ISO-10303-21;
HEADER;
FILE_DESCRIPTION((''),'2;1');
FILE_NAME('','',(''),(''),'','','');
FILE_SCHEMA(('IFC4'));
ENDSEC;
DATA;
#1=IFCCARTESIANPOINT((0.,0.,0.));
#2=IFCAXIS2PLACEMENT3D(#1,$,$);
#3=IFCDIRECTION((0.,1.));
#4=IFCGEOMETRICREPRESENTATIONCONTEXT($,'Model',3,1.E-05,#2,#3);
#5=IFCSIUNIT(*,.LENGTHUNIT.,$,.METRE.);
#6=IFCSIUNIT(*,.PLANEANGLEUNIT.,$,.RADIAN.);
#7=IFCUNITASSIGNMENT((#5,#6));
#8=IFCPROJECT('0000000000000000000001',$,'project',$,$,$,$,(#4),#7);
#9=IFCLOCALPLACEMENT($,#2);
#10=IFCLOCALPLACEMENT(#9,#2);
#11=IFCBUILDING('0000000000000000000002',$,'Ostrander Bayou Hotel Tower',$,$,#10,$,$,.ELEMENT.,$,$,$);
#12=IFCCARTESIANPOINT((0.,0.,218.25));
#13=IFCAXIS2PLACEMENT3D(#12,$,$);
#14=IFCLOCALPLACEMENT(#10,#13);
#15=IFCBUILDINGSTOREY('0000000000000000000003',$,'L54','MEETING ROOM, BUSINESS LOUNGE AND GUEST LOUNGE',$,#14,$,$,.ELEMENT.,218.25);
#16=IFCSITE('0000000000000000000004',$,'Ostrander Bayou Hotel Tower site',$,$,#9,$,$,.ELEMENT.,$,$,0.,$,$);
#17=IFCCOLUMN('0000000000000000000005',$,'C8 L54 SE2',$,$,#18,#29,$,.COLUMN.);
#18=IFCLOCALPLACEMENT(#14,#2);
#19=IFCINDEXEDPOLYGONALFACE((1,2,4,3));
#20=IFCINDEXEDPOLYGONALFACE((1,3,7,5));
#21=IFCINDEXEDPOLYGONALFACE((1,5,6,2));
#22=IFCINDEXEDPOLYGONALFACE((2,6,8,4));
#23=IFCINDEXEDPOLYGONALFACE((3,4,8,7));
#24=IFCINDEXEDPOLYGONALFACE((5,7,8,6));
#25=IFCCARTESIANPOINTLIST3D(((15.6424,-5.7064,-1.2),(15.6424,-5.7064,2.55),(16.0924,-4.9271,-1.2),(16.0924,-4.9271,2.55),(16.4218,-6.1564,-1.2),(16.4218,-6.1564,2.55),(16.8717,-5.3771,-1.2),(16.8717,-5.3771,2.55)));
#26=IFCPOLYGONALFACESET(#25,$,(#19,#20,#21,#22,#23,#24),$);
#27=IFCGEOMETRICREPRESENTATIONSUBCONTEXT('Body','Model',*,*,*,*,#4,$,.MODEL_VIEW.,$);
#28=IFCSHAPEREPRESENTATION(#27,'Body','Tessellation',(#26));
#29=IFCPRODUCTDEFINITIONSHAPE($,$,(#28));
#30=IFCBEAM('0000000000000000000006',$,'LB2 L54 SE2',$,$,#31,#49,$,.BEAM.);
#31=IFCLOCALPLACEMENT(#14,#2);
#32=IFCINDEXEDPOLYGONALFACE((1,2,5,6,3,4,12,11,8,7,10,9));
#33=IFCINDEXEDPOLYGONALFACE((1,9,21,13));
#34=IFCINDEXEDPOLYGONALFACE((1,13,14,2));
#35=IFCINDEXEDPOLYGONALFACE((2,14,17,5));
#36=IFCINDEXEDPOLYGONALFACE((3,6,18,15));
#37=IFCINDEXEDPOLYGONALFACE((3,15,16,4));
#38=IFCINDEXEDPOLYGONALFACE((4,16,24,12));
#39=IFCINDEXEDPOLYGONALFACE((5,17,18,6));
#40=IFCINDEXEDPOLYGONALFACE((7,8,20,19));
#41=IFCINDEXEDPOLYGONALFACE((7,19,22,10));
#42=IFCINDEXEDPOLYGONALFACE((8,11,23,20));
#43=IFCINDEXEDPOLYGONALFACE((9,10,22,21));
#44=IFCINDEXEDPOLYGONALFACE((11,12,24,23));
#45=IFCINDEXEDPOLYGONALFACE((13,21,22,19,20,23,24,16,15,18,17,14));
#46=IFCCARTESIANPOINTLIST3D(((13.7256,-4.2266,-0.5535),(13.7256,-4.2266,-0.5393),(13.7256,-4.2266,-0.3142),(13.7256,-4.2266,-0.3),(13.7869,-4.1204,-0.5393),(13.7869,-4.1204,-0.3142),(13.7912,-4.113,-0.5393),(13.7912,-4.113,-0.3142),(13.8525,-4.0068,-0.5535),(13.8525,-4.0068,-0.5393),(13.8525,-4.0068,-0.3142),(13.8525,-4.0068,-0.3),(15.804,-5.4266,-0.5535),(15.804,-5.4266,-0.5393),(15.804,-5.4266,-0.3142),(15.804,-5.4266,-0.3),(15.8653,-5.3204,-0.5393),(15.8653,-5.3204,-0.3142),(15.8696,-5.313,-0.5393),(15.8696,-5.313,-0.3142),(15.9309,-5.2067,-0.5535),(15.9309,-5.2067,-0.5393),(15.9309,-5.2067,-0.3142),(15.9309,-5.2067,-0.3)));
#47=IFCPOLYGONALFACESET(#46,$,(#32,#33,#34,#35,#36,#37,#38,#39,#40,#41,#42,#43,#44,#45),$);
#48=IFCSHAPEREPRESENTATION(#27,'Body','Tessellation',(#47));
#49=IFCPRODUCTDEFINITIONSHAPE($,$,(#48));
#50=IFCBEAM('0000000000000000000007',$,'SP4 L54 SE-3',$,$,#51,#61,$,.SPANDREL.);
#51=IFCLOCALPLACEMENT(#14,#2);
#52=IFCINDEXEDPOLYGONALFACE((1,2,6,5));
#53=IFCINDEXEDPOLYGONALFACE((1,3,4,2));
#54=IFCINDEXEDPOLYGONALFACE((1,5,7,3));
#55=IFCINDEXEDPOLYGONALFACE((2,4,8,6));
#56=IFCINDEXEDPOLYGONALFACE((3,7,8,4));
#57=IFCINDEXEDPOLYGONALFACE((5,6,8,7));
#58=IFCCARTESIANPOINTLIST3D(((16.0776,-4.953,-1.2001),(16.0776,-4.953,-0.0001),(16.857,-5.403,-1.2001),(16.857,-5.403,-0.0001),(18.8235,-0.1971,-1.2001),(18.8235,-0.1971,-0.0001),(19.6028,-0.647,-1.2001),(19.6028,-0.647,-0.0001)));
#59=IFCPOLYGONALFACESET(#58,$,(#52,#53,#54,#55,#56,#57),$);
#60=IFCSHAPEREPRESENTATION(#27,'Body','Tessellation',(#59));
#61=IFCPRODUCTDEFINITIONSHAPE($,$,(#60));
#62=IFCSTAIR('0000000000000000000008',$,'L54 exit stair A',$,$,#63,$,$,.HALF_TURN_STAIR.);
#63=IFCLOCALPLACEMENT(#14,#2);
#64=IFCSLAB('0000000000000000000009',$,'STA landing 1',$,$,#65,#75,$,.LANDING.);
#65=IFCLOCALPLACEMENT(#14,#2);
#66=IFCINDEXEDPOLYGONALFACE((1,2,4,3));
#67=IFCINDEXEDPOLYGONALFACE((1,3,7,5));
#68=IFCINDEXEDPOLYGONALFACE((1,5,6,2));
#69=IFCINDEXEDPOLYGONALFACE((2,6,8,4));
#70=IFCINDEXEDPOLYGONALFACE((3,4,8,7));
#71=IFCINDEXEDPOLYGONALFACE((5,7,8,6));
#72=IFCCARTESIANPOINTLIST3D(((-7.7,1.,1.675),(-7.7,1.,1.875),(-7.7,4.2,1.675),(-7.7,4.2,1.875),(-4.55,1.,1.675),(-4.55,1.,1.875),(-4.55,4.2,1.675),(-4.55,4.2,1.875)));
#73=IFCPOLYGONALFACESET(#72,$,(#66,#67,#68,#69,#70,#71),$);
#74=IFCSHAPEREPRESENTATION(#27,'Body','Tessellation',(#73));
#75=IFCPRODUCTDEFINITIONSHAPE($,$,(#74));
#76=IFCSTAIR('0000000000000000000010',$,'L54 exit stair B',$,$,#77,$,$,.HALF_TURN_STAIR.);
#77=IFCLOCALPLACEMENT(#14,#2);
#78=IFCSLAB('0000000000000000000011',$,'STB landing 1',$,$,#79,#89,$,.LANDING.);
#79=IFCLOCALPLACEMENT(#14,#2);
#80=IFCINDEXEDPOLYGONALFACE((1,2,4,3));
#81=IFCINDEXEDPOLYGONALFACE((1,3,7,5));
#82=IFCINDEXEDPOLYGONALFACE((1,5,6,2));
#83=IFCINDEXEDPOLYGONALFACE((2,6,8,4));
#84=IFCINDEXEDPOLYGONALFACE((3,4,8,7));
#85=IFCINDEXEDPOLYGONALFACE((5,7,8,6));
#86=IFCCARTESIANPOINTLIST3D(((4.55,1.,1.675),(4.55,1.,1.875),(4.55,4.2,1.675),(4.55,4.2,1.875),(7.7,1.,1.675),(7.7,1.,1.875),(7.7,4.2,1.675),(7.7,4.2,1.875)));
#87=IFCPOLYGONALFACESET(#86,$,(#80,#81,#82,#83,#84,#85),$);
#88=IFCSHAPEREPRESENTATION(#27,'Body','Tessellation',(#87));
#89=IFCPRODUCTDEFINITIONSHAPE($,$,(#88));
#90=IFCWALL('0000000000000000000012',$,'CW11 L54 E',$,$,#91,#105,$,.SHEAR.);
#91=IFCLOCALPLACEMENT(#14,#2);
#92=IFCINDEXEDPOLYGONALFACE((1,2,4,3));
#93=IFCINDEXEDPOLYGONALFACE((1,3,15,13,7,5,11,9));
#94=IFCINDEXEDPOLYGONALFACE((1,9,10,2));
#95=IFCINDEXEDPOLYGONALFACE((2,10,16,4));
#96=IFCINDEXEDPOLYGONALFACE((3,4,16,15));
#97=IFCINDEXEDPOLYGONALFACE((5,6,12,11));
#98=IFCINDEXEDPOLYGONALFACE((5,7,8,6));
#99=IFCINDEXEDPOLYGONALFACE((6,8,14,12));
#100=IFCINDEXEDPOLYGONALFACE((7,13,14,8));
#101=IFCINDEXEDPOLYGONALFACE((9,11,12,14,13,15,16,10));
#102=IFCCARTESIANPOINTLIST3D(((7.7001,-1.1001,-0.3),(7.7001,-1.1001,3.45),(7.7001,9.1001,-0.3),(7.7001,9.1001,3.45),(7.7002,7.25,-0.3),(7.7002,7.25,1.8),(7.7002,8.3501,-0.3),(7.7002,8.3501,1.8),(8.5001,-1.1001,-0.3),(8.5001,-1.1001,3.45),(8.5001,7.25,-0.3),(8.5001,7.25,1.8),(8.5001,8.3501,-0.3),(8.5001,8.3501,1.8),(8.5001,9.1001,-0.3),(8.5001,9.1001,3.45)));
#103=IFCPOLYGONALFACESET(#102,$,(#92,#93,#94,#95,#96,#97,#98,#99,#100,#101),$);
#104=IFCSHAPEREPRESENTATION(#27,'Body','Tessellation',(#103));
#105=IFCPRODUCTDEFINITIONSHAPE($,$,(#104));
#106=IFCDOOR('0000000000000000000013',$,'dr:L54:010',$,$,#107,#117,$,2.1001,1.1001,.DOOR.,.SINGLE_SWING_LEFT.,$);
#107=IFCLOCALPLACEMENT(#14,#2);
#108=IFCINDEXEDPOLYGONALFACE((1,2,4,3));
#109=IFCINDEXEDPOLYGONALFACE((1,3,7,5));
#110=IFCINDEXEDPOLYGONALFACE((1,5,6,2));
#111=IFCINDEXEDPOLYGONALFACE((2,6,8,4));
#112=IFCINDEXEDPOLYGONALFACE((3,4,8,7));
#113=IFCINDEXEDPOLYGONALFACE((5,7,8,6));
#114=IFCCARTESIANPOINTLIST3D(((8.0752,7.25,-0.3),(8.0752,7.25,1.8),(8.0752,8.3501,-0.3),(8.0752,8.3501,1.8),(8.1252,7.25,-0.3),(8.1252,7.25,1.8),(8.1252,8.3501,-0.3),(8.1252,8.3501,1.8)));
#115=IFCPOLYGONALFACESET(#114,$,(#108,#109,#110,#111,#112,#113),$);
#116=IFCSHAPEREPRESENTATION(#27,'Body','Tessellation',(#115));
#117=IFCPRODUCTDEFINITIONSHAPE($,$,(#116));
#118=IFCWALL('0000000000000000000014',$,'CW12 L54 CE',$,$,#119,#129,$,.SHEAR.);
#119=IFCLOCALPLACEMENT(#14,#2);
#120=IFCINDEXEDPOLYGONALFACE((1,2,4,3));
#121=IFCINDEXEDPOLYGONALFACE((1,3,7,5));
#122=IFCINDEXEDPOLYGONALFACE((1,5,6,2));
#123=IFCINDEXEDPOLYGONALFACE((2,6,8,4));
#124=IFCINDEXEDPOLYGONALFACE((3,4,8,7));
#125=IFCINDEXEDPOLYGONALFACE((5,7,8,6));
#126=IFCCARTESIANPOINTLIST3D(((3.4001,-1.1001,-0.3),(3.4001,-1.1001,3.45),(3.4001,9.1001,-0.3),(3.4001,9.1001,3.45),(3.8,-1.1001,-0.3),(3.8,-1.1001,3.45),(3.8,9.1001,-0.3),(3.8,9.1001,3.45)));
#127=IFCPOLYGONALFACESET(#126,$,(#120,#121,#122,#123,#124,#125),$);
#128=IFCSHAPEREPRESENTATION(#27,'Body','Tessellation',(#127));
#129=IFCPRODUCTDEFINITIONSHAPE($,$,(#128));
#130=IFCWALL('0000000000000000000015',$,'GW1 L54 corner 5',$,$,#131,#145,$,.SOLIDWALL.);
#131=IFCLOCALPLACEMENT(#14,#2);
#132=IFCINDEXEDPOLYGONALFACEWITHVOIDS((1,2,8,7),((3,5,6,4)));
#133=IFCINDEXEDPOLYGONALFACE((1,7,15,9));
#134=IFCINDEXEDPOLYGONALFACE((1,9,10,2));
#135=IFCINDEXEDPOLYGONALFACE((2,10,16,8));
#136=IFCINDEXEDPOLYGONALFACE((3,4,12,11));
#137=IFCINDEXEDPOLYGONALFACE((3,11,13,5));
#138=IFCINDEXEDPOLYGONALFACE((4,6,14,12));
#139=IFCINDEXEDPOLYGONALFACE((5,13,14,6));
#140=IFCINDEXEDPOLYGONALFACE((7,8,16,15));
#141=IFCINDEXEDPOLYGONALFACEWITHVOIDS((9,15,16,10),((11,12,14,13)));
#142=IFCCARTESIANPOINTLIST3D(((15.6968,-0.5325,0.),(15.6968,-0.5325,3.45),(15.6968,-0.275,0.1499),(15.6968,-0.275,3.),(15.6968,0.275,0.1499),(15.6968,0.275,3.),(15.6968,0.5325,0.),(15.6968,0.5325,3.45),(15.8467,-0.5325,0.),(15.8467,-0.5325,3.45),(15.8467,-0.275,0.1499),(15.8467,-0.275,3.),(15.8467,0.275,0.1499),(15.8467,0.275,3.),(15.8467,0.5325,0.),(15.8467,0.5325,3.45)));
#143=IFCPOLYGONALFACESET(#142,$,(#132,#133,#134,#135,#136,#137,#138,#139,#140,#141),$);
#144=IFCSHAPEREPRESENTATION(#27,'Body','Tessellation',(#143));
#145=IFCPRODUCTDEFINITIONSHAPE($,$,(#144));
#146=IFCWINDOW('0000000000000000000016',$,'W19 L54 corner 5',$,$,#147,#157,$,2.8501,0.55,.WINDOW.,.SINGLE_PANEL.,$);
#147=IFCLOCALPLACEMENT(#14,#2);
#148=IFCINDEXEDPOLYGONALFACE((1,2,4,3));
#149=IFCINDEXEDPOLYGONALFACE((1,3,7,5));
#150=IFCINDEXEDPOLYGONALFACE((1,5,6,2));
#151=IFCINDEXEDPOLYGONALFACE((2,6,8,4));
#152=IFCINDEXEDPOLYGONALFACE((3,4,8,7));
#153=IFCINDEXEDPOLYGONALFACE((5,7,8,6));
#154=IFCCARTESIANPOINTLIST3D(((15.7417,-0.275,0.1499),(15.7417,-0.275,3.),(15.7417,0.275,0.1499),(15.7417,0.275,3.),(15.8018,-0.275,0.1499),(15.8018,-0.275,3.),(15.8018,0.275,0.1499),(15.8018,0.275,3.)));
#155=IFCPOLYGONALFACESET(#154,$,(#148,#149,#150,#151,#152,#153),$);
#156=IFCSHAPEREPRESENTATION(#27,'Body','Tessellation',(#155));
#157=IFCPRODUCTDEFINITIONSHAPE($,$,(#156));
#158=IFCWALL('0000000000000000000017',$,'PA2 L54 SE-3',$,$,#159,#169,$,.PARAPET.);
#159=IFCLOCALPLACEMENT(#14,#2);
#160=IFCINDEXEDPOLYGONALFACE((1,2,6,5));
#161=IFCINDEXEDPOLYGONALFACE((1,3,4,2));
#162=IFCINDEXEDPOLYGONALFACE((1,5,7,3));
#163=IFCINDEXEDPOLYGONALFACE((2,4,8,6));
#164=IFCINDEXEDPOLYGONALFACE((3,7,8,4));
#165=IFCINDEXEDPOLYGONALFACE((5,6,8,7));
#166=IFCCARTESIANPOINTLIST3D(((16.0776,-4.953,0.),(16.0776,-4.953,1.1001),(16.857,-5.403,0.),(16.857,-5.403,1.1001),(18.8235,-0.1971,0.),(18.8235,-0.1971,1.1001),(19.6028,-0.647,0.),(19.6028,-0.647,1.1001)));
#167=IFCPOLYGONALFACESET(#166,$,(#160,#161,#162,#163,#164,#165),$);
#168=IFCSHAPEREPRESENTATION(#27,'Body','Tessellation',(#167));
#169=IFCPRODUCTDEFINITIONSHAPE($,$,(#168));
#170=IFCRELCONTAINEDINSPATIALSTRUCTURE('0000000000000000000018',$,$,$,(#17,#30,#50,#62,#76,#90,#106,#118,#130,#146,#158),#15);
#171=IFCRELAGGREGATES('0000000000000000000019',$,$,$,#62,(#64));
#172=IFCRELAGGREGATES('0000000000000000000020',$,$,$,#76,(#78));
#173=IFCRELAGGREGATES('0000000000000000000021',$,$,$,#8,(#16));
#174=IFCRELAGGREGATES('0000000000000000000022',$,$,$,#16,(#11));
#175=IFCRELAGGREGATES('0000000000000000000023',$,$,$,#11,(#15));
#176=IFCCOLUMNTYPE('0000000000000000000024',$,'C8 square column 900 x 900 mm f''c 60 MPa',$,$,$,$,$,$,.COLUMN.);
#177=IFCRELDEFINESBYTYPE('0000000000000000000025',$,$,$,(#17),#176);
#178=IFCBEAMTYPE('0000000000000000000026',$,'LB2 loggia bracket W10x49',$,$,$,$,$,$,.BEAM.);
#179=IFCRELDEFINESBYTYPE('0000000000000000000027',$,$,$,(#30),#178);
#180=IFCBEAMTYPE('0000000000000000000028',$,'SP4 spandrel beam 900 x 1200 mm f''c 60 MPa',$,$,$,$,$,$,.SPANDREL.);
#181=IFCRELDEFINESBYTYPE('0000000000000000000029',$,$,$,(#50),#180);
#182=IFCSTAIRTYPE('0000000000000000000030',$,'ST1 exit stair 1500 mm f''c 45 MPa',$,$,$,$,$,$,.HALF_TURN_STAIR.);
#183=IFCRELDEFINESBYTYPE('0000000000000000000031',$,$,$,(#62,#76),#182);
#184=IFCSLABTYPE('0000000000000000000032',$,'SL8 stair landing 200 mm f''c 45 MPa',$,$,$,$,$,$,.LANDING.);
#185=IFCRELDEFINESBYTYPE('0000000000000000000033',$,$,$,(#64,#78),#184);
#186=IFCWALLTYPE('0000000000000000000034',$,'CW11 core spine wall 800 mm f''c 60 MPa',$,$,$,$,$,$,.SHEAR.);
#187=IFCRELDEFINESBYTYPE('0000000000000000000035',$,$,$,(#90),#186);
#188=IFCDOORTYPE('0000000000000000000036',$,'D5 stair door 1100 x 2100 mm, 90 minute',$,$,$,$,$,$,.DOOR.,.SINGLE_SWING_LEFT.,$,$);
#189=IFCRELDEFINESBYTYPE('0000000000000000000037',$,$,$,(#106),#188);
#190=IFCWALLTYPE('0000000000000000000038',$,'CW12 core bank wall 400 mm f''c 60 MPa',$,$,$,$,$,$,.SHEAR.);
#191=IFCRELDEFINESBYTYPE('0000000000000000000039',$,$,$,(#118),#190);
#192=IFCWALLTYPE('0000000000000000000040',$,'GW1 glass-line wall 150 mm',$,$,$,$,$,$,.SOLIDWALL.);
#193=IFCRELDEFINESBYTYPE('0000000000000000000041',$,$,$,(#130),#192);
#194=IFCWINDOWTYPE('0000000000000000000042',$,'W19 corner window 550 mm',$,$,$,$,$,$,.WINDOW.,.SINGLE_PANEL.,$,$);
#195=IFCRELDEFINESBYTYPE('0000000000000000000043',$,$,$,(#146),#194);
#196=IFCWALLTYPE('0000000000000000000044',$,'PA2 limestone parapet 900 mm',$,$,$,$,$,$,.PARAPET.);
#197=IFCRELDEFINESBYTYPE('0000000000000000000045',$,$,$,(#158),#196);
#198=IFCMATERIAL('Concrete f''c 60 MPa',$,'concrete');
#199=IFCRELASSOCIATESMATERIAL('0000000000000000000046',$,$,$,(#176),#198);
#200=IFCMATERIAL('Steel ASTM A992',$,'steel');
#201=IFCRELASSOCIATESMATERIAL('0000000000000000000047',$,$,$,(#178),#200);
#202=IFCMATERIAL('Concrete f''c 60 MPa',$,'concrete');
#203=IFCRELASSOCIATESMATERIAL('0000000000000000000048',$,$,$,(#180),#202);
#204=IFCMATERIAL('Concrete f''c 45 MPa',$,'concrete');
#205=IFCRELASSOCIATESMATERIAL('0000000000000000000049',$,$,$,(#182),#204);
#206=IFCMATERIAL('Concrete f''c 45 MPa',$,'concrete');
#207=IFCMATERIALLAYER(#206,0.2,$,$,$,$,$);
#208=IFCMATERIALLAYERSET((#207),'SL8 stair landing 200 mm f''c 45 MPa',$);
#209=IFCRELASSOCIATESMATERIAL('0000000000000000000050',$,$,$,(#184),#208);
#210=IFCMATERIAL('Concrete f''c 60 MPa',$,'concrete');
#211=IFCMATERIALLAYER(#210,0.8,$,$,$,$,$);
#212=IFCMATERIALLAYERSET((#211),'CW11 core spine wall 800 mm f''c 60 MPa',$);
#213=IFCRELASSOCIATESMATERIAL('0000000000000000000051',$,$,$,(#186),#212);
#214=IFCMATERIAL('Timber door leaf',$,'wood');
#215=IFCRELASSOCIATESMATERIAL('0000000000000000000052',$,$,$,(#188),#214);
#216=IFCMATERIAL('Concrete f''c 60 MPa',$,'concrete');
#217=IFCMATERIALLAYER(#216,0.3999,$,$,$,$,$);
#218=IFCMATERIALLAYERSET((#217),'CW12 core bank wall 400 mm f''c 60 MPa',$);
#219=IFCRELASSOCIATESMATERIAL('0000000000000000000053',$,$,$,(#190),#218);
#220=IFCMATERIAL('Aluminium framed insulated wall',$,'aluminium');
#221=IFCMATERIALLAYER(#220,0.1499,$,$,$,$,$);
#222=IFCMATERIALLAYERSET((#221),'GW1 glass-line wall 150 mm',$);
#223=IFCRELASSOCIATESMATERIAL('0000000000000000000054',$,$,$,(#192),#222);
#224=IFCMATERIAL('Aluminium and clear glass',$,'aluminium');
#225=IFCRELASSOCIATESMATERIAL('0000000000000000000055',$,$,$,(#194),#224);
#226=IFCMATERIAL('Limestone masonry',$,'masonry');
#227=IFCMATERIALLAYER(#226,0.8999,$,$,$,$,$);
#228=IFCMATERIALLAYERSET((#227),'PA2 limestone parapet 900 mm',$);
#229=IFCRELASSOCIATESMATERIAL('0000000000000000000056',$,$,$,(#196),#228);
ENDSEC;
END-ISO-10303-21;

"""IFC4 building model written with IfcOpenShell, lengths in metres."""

from ifc_helpers import new_model, si_unit, direction, frame, frame_2d, origin, origin_2d, place, context, subcontext, project, spatial, polyline, rectangle, i_section, outline, extrude, material, layer, layer_set, material_profile, profile_set, type_object, element, fill, aggregate, save


model = new_model("IFC4")

# Units and contexts
model_context = context("Model", 3, precision=1e-05, world=origin(), true_north=direction((0.0, 1.0)))
body_context = subcontext(model_context, "Body", "Model", "MODEL_VIEW")
ifc_project = project(units=[si_unit("LENGTHUNIT", "METRE"), si_unit("PLANEANGLEUNIT", "RADIAN")], contexts=[model_context])

# Site, building, storey
site_placement = place(None, origin())
site = spatial("IfcSite", under=ifc_project, at=site_placement, Name="Ostrander Bayou Hotel Tower site", CompositionType="ELEMENT", RefElevation=0.0)
building_placement = place(site_placement, origin())
building = spatial("IfcBuilding", under=site, at=building_placement, Name="Ostrander Bayou Hotel Tower", CompositionType="ELEMENT")
storey_placement = place(building_placement, frame((0.0, 0.0, 218.25)))
storey = spatial("IfcBuildingStorey", under=building, at=storey_placement, Name="L54", Description="MEETING ROOM, BUSINESS LOUNGE AND GUEST LOUNGE", CompositionType="ELEMENT", Elevation=218.25)

# Column
ifc_material_1 = material(Name="Concrete f'c 60 MPa", Category="concrete")
ifc_material_profile_1 = material_profile(ifc_material_1, rectangle(XDim=0.8999, YDim=0.8999, at=origin_2d()))
ifc_profile_set_1 = profile_set([ifc_material_profile_1], Name="Concrete f'c 60 MPa")
column_type = type_object("IfcColumnType", Name="C8 square column 900 x 900 mm f'c 60 MPa", PredefinedType="COLUMN", material=ifc_profile_set_1)
column_placement = place(storey_placement, frame((16.2571, -5.5417, -1.2), z_axis=(0.0, 0.0, 1.0), x_axis=(-0.5, -0.866025, 0.0)))
element("IfcColumn", 1, at=column_placement, inside=storey, type_object=column_type, Name="C8 L54 SE2", PredefinedType="COLUMN", context=body_context, shape_type="SweptSolid", body=[
    extrude(rectangle(XDim=0.8999, YDim=0.8999, at=origin_2d()), origin(), (0.0, 0.0, 1.0), 3.75),
])

# Beams
ifc_material_2 = material(Name="Steel ASTM A992", Category="steel")
ifc_material_profile_2 = material_profile(ifc_material_2, i_section(OverallWidth=0.2539, OverallDepth=0.2534, WebThickness=0.0085, FlangeThickness=0.0142, at=origin_2d()))
ifc_profile_set_2 = profile_set([ifc_material_profile_2], Name="Steel ASTM A992")
beam_type_1 = type_object("IfcBeamType", Name="LB2 loggia bracket W10x49", PredefinedType="BEAM", material=ifc_profile_set_2)
beam_1_placement = place(storey_placement, frame((15.8674, -5.3167, -0.4268), z_axis=(-0.866025, 0.500001, 0.0), x_axis=(-0.500001, -0.866025, 0.0)))
element("IfcBeam", 2, at=beam_1_placement, inside=storey, type_object=beam_type_1, Name="LB2 L54 SE2", PredefinedType="BEAM", context=body_context, shape_type="SweptSolid", body=[
    extrude(i_section(OverallWidth=0.2539, OverallDepth=0.2534, WebThickness=0.0085, FlangeThickness=0.0142, at=origin_2d()), origin(), (0.0, 0.0, 1.0), 2.3999),
])
ifc_material_3 = material(Name="Concrete f'c 60 MPa", Category="concrete")
ifc_material_profile_3 = material_profile(ifc_material_3, rectangle(XDim=0.8999, YDim=1.2, at=origin_2d()))
ifc_profile_set_3 = profile_set([ifc_material_profile_3], Name="Concrete f'c 60 MPa")
beam_type_2 = type_object("IfcBeamType", Name="SP4 spandrel beam 900 x 1200 mm f'c 60 MPa", PredefinedType="SPANDREL", material=ifc_profile_set_3)
beam_2_placement = place(storey_placement, frame((16.4673, -5.178, -0.6001), z_axis=(0.500007, 0.866021, 0.0), x_axis=(-0.866021, 0.500007, 0.0)))
element("IfcBeam", 3, at=beam_2_placement, inside=storey, type_object=beam_type_2, Name="SP4 L54 SE-3", PredefinedType="SPANDREL", context=body_context, shape_type="SweptSolid", body=[
    extrude(rectangle(XDim=0.8999, YDim=1.2, at=origin_2d()), origin(), (0.0, 0.0, 1.0), 5.4917),
])

# Stairs, slabs
ifc_material_4 = material(Name="Concrete f'c 45 MPa", Category="concrete")
stair_type = type_object("IfcStairType", Name="ST1 exit stair 1500 mm f'c 45 MPa", PredefinedType="HALF_TURN_STAIR", material=ifc_material_4)
stair_1_placement = place(storey_placement, origin())
stair_1 = element("IfcStair", 4, at=stair_1_placement, inside=storey, type_object=stair_type, Name="L54 exit stair A", PredefinedType="HALF_TURN_STAIR")
ifc_material_5 = material(Name="Concrete f'c 45 MPa", Category="concrete")
ifc_layer_1 = layer(ifc_material_5, 0.2)
ifc_layer_set_1 = layer_set([ifc_layer_1], Name="SL8 stair landing 200 mm f'c 45 MPa")
slab_type = type_object("IfcSlabType", Name="SL8 stair landing 200 mm f'c 45 MPa", PredefinedType="LANDING", material=ifc_layer_set_1)
slab_1_placement = place(storey_placement, frame((0.0, 0.0, 1.675)))
slab_1 = element("IfcSlab", 5, at=slab_1_placement, type_object=slab_type, Name="STA landing 1", PredefinedType="LANDING", context=body_context, shape_type="SweptSolid", body=[
    extrude(outline(polyline([(-7.7, 4.2), (-7.7, 1.0), (-4.55, 1.0), (-4.55, 4.2), (-7.7, 4.2)])), origin(), (0.0, 0.0, 1.0), 0.2),
])
aggregate(stair_1, [slab_1])
stair_2_placement = place(storey_placement, origin())
stair_2 = element("IfcStair", 6, at=stair_2_placement, inside=storey, type_object=stair_type, Name="L54 exit stair B", PredefinedType="HALF_TURN_STAIR")
slab_2_placement = place(storey_placement, frame((0.0, 0.0, 1.675)))
slab_2 = element("IfcSlab", 7, at=slab_2_placement, type_object=slab_type, Name="STB landing 1", PredefinedType="LANDING", context=body_context, shape_type="SweptSolid", body=[
    extrude(outline(polyline([(4.55, 4.2), (4.55, 1.0), (7.7, 1.0), (7.7, 4.2), (4.55, 4.2)])), origin(), (0.0, 0.0, 1.0), 0.2),
])
aggregate(stair_2, [slab_2])

# Wall, opening, door
ifc_material_6 = material(Name="Concrete f'c 60 MPa", Category="concrete")
ifc_layer_2 = layer(ifc_material_6, 0.8)
ifc_layer_set_2 = layer_set([ifc_layer_2], Name="CW11 core spine wall 800 mm f'c 60 MPa")
wall_type_1 = type_object("IfcWallType", Name="CW11 core spine wall 800 mm f'c 60 MPa", PredefinedType="SHEAR", material=ifc_layer_set_2)
wall_1_placement = place(storey_placement, frame((8.1001, -1.1001, -0.3), z_axis=(0.0, 0.0, 1.0), x_axis=(0.0, 1.0, 0.0)))
wall_1 = element("IfcWall", 8, at=wall_1_placement, inside=storey, type_object=wall_type_1, Name="CW11 L54 E", PredefinedType="SHEAR", context=body_context, shape_type="SweptSolid", body=[
    extrude(rectangle(XDim=10.2002, YDim=0.8, at=frame_2d((5.1001, 0.0))), origin(), (0.0, 0.0, 1.0), 3.75),
])
opening_1_placement = place(wall_1_placement, frame((8.3501, 0.0, 0.0)))
opening_1 = element("IfcOpeningElement", 9, at=opening_1_placement, cuts=wall_1, PredefinedType="OPENING", context=body_context, shape_type="SweptSolid", body=[
    extrude(rectangle(XDim=1.1001, YDim=2.1001, at=frame_2d((0.55, 1.05))), frame((0.0, 0.3999, 0.0), z_axis=(0.0, -1.0, 0.0), x_axis=(1.0, 0.0, 0.0)), (0.0, 0.0, 1.0), 0.8),
])
ifc_material_7 = material(Name="Timber door leaf", Category="wood")
door_type_1 = type_object("IfcDoorType", Name="D5 stair door 1100 x 2100 mm, 90 minute", OperationType="SINGLE_SWING_LEFT", PredefinedType="DOOR", material=ifc_material_7)
door_1_placement = place(opening_1_placement, origin())
door_1 = element("IfcDoor", 10, at=door_1_placement, inside=storey, type_object=door_type_1, Name="dr:L54:010", OperationType="SINGLE_SWING_LEFT", OverallHeight=2.1001, OverallWidth=1.1001, PredefinedType="DOOR", context=body_context, shape_type="SweptSolid", body=[
    extrude(rectangle(XDim=1.1001, YDim=2.1001, at=frame_2d((0.55, 1.05))), frame((0.0, 0.0249, 0.0), z_axis=(0.0, -1.0, 0.0), x_axis=(1.0, 0.0, 0.0)), (0.0, 0.0, 1.0), 0.05),
])
fill(opening_1, door_1)

# Wall
ifc_material_8 = material(Name="Concrete f'c 60 MPa", Category="concrete")
ifc_layer_3 = layer(ifc_material_8, 0.3999)
ifc_layer_set_3 = layer_set([ifc_layer_3], Name="CW12 core bank wall 400 mm f'c 60 MPa")
wall_type_2 = type_object("IfcWallType", Name="CW12 core bank wall 400 mm f'c 60 MPa", PredefinedType="SHEAR", material=ifc_layer_set_3)
wall_2_placement = place(storey_placement, frame((3.6001, -1.1001, -0.3), z_axis=(0.0, 0.0, 1.0), x_axis=(0.0, 1.0, 0.0)))
element("IfcWall", 11, at=wall_2_placement, inside=storey, type_object=wall_type_2, Name="CW12 L54 CE", PredefinedType="SHEAR", context=body_context, shape_type="SweptSolid", body=[
    extrude(rectangle(XDim=10.2002, YDim=0.3999, at=frame_2d((5.1001, 0.0))), origin(), (0.0, 0.0, 1.0), 3.75),
])

# Wall, opening, window
ifc_material_9 = material(Name="Aluminium framed insulated wall", Category="aluminium")
ifc_layer_4 = layer(ifc_material_9, 0.1499)
ifc_layer_set_4 = layer_set([ifc_layer_4], Name="GW1 glass-line wall 150 mm")
wall_type_3 = type_object("IfcWallType", Name="GW1 glass-line wall 150 mm", PredefinedType="SOLIDWALL", material=ifc_layer_set_4)
wall_3_placement = place(storey_placement, frame((15.7717, -0.5325, 0.0), z_axis=(0.0, 0.0, 1.0), x_axis=(0.0, 1.0, 0.0)))
wall_3 = element("IfcWall", 12, at=wall_3_placement, inside=storey, type_object=wall_type_3, Name="GW1 L54 corner 5", PredefinedType="SOLIDWALL", context=body_context, shape_type="SweptSolid", body=[
    extrude(rectangle(XDim=1.0649, YDim=0.1499, at=frame_2d((0.5325, 0.0))), origin(), (0.0, 0.0, 1.0), 3.45),
])
opening_2_placement = place(wall_3_placement, frame((0.2576, 0.0, 0.1499)))
opening_2 = element("IfcOpeningElement", 13, at=opening_2_placement, cuts=wall_3, PredefinedType="OPENING", context=body_context, shape_type="SweptSolid", body=[
    extrude(rectangle(XDim=0.55, YDim=2.8501, at=frame_2d((0.2749, 1.425))), frame((0.0, 0.075, 0.0), z_axis=(0.0, -1.0, 0.0), x_axis=(1.0, 0.0, 0.0)), (0.0, 0.0, 1.0), 0.1499),
])
ifc_material_10 = material(Name="Aluminium and clear glass", Category="aluminium")
window_type = type_object("IfcWindowType", Name="W19 corner window 550 mm", PartitioningType="SINGLE_PANEL", PredefinedType="WINDOW", material=ifc_material_10)
window_placement = place(opening_2_placement, origin())
window = element("IfcWindow", 14, at=window_placement, inside=storey, type_object=window_type, Name="W19 L54 corner 5", OverallHeight=2.8501, OverallWidth=0.55, PartitioningType="SINGLE_PANEL", PredefinedType="WINDOW", context=body_context, shape_type="SweptSolid", body=[
    extrude(rectangle(XDim=0.55, YDim=2.8501, at=frame_2d((0.2749, 1.425))), frame((0.0, 0.03, 0.0), z_axis=(0.0, -1.0, 0.0), x_axis=(1.0, 0.0, 0.0)), (0.0, 0.0, 1.0), 0.0601),
])
fill(opening_2, window)

# Wall
ifc_material_11 = material(Name="Limestone masonry", Category="masonry")
ifc_layer_5 = layer(ifc_material_11, 0.8999)
ifc_layer_set_5 = layer_set([ifc_layer_5], Name="PA2 limestone parapet 900 mm")
wall_type_4 = type_object("IfcWallType", Name="PA2 limestone parapet 900 mm", PredefinedType="PARAPET", material=ifc_layer_set_5)
wall_4_placement = place(storey_placement, frame((16.4673, -5.178, 0.0), z_axis=(0.0, 0.0, 1.0), x_axis=(0.500007, 0.866021, 0.0)))
element("IfcWall", 15, at=wall_4_placement, inside=storey, type_object=wall_type_4, Name="PA2 L54 SE-3", PredefinedType="PARAPET", context=body_context, shape_type="SweptSolid", body=[
    extrude(rectangle(XDim=5.4917, YDim=0.8999, at=frame_2d((2.7458, 0.0))), origin(), (0.0, 0.0, 1.0), 1.1001),
])

save(model, "model.ifc")
